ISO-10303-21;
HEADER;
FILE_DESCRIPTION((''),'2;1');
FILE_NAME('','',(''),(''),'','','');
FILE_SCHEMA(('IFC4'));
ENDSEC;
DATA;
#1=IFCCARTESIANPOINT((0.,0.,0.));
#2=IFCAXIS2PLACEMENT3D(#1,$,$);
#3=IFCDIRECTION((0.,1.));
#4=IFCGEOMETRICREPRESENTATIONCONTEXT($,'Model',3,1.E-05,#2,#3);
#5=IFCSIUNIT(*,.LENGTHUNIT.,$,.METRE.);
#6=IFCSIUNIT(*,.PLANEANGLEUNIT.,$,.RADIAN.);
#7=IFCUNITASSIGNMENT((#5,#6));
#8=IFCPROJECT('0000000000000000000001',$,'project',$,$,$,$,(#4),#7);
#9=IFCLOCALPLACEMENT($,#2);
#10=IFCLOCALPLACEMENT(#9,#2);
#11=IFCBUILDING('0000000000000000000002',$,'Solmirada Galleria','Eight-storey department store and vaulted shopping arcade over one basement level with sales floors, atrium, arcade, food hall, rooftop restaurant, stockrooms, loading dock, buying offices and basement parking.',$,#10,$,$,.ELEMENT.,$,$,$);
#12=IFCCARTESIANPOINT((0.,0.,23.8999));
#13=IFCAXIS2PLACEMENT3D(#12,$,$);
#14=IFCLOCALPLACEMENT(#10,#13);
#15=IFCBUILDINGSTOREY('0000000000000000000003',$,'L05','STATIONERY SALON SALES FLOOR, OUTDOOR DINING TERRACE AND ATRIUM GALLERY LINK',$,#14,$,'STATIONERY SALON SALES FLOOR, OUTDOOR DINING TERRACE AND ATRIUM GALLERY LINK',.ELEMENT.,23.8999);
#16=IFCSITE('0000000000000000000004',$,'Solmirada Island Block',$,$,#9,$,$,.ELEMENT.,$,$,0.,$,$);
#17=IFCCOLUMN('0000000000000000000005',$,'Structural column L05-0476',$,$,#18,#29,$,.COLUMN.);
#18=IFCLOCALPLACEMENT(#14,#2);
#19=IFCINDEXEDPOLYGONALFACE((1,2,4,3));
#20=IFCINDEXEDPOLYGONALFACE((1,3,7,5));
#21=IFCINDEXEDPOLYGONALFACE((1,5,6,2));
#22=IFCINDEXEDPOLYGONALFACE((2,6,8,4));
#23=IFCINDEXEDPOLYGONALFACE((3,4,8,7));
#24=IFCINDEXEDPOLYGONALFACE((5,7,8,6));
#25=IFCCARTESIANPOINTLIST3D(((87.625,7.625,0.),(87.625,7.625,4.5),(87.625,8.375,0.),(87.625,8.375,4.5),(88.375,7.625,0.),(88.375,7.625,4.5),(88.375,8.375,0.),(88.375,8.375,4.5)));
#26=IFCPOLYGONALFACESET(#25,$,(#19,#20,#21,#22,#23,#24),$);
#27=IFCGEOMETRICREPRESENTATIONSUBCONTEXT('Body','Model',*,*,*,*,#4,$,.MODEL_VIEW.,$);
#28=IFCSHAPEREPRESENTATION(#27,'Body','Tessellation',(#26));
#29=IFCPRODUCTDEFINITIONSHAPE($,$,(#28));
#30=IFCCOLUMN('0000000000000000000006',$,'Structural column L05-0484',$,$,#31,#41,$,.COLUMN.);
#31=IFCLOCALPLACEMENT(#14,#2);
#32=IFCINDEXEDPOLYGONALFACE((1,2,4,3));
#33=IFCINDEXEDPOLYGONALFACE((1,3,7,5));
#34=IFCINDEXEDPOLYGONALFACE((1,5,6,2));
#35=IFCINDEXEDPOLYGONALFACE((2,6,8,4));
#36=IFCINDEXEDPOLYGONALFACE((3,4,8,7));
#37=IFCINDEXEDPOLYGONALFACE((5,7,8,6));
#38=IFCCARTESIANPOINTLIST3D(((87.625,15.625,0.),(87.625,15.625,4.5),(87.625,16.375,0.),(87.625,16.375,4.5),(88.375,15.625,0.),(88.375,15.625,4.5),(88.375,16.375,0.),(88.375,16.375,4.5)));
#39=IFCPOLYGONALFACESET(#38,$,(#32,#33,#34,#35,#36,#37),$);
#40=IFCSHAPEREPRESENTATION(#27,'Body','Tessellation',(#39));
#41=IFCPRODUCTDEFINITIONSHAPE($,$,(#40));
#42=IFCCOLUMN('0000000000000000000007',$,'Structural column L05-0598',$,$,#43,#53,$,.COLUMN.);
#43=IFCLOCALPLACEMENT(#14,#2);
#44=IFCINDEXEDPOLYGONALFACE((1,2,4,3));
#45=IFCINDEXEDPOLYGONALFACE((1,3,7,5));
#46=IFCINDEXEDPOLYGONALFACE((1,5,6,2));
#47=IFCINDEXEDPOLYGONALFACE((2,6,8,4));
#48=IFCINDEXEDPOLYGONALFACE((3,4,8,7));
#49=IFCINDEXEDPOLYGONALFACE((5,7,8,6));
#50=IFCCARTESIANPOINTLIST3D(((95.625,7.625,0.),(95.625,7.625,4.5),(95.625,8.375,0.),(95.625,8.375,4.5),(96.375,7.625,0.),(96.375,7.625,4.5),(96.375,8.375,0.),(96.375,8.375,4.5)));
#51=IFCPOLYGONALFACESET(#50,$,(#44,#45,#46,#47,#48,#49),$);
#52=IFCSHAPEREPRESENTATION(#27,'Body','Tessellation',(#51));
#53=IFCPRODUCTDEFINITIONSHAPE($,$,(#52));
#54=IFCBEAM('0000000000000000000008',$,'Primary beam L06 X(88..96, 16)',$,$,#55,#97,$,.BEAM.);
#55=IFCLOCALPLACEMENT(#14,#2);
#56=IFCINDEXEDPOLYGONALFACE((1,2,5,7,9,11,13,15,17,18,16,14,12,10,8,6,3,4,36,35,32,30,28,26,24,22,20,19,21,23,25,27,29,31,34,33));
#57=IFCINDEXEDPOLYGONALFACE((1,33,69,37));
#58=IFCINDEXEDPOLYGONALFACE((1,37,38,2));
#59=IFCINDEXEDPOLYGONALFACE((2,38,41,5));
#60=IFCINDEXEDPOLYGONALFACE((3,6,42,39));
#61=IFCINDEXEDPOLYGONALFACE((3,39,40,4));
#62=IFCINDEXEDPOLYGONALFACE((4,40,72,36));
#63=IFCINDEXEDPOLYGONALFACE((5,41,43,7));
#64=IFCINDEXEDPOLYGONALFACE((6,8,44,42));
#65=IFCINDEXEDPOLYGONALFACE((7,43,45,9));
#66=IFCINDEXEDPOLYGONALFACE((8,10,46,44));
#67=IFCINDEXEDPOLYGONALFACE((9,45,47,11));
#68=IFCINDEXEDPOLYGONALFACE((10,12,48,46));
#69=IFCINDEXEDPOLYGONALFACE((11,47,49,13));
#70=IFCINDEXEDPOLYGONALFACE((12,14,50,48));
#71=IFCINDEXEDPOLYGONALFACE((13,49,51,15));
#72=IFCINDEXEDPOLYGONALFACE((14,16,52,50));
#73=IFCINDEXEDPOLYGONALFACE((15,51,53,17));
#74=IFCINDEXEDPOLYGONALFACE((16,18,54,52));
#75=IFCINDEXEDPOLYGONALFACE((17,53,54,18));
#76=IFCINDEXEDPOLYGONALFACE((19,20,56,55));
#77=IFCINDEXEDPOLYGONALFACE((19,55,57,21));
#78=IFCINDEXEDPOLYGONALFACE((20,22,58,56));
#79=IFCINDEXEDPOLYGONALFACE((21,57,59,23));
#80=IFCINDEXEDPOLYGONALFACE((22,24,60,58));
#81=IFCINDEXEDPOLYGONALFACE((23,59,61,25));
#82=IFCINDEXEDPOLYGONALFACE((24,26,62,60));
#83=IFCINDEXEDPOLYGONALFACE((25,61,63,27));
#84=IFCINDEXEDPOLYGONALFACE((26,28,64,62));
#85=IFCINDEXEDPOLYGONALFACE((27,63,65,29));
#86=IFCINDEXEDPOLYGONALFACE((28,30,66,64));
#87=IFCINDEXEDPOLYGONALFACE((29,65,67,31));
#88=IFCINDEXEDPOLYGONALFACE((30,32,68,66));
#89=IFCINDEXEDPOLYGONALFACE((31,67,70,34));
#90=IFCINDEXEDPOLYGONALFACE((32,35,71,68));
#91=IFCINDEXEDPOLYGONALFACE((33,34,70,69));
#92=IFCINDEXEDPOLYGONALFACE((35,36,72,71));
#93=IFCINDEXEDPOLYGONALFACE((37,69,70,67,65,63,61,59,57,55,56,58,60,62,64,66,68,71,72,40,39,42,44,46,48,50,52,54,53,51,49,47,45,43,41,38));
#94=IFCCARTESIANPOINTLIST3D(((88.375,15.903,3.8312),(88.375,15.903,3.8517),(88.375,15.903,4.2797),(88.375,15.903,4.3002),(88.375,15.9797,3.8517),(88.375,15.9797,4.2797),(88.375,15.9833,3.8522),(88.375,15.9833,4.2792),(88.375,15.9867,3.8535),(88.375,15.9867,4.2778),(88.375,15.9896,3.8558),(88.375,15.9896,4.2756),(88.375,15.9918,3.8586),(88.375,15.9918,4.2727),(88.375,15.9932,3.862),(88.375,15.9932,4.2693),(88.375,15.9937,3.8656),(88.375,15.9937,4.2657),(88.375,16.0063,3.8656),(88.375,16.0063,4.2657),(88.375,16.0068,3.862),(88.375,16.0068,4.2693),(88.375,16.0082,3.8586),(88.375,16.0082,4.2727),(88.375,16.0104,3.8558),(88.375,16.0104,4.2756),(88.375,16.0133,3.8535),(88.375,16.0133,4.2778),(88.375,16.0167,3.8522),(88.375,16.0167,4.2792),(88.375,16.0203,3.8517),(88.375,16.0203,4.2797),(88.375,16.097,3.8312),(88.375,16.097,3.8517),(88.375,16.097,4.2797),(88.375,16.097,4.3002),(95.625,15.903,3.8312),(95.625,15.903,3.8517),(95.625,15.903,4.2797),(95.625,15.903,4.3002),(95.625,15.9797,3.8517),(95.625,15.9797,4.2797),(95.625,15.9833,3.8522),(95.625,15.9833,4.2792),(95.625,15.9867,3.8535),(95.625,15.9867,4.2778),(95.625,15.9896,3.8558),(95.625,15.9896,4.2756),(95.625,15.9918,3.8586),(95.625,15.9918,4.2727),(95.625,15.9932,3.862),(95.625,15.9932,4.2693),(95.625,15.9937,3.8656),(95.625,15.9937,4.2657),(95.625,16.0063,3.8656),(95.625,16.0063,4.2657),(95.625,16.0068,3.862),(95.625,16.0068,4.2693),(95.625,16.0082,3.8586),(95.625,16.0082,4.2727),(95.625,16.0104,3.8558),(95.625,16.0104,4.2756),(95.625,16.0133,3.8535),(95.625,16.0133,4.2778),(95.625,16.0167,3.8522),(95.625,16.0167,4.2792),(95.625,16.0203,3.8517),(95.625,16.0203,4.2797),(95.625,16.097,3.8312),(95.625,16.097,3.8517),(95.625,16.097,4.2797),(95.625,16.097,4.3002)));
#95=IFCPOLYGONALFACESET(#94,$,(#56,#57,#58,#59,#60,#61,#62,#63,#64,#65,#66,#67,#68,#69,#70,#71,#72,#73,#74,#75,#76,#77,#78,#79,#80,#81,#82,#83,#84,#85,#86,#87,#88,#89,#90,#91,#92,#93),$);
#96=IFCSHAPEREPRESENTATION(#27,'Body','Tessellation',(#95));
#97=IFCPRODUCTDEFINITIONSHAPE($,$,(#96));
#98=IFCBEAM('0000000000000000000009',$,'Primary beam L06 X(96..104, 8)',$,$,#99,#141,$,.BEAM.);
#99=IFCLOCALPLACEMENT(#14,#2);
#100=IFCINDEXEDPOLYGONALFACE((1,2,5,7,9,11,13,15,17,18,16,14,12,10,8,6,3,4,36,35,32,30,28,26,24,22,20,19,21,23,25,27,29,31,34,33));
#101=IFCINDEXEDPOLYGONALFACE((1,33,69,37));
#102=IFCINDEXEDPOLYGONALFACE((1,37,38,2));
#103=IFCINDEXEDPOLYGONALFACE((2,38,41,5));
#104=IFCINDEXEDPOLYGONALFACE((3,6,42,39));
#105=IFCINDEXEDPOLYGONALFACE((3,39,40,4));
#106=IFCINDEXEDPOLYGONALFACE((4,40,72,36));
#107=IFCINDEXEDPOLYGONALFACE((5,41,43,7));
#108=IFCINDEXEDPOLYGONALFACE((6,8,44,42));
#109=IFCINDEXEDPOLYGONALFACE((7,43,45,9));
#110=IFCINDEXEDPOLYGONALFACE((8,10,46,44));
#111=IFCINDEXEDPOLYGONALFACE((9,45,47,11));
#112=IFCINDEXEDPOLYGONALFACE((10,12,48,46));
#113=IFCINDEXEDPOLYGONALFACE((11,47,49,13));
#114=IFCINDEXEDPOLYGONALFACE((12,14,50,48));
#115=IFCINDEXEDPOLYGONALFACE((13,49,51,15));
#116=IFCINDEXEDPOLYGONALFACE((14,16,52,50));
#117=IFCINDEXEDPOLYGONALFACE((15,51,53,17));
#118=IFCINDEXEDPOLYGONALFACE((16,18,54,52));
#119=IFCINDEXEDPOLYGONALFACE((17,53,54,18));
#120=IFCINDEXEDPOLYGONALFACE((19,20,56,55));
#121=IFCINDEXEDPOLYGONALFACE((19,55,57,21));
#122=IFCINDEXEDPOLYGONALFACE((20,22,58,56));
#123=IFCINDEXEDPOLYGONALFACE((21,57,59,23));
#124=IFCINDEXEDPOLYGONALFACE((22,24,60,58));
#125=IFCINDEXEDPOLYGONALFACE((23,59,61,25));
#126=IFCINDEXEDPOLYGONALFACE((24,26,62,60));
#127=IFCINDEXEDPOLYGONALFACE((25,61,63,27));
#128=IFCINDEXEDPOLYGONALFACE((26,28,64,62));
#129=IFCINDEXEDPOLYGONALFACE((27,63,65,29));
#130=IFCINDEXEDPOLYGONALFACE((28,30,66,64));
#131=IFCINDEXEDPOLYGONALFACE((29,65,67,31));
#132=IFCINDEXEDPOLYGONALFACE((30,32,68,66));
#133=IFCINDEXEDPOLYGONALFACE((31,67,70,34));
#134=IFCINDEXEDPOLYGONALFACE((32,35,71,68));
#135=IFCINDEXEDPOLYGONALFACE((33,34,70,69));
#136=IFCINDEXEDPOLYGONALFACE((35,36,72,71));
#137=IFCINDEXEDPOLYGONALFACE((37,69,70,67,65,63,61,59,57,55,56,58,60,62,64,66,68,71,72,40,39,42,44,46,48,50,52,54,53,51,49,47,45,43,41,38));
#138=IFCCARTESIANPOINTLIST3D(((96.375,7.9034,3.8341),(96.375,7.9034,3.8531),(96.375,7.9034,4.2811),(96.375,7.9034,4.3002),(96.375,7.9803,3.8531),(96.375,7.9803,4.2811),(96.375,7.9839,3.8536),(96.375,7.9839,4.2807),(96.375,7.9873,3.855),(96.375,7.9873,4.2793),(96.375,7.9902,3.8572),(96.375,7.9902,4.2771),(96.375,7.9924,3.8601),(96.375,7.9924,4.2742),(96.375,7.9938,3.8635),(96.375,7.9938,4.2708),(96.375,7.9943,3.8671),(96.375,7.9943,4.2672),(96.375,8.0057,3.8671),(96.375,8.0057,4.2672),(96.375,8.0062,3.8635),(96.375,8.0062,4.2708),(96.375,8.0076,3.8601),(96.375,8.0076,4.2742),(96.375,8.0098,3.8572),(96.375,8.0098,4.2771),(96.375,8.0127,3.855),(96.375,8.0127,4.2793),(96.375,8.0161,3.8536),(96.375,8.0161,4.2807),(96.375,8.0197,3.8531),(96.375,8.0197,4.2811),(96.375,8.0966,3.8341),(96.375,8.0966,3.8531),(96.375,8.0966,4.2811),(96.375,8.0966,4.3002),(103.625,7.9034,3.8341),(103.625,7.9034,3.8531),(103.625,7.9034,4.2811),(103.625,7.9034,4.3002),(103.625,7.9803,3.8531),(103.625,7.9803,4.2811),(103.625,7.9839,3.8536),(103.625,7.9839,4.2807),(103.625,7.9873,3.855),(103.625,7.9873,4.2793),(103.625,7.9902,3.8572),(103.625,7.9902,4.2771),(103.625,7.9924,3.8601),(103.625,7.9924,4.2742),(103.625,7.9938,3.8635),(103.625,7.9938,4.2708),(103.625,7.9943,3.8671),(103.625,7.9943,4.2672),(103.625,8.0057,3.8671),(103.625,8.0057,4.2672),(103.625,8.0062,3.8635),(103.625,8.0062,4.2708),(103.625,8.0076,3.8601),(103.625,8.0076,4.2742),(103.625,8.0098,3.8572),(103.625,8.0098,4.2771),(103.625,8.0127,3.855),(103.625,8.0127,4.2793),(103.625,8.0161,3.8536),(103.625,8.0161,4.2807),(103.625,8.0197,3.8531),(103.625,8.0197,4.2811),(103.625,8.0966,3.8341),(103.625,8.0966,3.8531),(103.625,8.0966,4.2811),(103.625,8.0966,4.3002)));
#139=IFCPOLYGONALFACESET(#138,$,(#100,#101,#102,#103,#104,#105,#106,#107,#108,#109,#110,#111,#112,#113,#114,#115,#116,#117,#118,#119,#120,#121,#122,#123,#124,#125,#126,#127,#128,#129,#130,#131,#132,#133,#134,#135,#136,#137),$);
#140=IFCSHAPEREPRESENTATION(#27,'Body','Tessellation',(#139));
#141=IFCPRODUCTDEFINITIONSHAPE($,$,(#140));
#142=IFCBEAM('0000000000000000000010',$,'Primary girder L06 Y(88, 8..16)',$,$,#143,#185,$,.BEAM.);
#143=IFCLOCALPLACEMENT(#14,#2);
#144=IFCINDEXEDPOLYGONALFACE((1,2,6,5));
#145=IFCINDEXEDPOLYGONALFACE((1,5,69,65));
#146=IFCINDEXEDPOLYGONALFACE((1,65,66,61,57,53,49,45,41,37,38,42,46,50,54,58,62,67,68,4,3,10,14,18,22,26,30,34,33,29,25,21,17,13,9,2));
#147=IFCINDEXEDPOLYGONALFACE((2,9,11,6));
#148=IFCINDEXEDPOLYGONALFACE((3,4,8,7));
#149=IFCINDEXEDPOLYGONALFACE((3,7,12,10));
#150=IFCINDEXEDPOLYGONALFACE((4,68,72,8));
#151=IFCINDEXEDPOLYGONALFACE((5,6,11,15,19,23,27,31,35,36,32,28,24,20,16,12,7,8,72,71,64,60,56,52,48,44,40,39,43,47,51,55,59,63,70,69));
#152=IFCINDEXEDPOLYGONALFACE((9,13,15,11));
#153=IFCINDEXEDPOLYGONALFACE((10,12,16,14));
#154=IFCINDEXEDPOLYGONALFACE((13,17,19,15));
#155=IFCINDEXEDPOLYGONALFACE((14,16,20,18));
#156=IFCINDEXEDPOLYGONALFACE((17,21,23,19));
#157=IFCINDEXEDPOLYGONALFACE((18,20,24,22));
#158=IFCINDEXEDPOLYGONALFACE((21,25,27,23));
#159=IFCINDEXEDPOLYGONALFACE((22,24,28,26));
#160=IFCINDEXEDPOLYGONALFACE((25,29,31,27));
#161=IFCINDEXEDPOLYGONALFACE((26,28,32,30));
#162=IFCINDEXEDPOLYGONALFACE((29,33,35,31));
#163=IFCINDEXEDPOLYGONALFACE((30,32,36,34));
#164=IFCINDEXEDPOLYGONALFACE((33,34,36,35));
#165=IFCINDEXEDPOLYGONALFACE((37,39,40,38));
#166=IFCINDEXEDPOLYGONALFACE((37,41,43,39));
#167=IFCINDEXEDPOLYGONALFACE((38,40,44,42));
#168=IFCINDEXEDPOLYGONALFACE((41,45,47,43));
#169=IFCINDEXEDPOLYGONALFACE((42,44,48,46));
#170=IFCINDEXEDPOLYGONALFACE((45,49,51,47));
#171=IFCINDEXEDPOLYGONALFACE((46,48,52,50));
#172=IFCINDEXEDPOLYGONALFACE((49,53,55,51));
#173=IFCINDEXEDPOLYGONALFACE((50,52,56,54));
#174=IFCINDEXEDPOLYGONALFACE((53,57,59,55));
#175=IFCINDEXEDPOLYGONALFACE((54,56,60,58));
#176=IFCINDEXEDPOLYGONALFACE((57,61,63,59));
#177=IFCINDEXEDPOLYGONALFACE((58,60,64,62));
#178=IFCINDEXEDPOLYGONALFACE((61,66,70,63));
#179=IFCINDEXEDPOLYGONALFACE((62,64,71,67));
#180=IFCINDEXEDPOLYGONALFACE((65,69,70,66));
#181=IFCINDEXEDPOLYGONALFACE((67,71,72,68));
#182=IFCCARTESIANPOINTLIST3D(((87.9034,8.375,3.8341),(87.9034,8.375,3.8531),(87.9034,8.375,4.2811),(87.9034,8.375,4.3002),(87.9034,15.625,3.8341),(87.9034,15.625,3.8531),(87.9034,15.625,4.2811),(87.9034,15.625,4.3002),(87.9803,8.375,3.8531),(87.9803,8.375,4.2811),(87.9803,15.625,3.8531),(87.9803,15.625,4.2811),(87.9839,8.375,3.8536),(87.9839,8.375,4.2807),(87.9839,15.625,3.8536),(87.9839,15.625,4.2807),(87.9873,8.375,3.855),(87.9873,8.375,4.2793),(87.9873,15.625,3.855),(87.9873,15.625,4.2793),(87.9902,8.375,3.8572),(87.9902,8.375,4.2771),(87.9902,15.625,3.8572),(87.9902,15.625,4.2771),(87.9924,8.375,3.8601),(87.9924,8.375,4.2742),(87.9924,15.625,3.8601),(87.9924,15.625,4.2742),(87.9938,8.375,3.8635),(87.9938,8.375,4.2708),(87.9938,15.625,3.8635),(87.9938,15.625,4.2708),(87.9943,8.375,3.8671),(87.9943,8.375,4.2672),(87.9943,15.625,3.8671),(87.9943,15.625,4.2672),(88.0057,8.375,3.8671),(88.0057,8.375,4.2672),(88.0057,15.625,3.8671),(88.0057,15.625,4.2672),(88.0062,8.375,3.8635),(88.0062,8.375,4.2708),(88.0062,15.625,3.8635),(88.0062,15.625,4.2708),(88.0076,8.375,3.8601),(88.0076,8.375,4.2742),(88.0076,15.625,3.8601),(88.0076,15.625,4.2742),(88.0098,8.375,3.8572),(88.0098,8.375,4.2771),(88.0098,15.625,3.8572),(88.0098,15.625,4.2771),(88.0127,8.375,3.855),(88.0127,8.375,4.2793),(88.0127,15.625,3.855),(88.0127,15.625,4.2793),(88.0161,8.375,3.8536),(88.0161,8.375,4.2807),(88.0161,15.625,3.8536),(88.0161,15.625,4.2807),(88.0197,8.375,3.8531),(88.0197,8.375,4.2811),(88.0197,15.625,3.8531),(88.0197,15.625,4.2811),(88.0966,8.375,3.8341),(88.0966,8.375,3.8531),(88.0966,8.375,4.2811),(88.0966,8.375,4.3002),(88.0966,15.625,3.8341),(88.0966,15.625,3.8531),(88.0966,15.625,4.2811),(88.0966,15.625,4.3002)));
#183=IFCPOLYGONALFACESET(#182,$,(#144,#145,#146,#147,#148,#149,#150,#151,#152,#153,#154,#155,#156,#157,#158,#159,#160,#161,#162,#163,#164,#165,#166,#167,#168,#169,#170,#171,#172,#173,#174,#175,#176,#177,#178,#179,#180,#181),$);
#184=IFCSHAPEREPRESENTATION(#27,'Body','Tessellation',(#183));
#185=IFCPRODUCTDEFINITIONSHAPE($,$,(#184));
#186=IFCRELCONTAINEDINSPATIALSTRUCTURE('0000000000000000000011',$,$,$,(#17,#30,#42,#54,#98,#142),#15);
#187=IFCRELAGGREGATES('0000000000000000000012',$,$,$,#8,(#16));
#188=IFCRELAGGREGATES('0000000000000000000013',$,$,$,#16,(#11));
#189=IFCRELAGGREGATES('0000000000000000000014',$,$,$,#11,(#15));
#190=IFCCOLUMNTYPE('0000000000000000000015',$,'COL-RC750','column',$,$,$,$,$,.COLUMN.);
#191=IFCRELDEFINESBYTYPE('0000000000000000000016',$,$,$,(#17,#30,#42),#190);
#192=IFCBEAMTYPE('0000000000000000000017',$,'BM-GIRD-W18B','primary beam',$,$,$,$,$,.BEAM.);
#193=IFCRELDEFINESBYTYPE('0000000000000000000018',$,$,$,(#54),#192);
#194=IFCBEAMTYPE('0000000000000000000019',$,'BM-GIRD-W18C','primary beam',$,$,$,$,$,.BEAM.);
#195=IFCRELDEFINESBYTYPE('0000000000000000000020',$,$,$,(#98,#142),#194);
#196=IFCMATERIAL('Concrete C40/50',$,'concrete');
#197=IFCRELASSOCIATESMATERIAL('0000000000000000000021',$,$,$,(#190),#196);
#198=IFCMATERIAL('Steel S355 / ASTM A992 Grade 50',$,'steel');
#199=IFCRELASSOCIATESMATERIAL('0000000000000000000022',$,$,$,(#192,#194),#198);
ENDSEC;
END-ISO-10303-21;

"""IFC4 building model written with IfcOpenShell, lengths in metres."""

from ifc_helpers import new_model, si_unit, direction, frame, origin, origin_2d, place, context, subcontext, project, spatial, rectangle, i_section, extrude, material, material_profile, profile_set, type_object, element, save


model = new_model("IFC4")

# Units and contexts
model_context = context("Model", 3, precision=1e-05, world=origin(), true_north=direction((0.0, 1.0)))
body_context = subcontext(model_context, "Body", "Model", "MODEL_VIEW")
ifc_project = project(units=[si_unit("LENGTHUNIT", "METRE"), si_unit("PLANEANGLEUNIT", "RADIAN")], contexts=[model_context])

# Site, building, storey
site_placement = place(None, origin())
site = spatial("IfcSite", under=ifc_project, at=site_placement, Name="Solmirada Island Block", CompositionType="ELEMENT", RefElevation=0.0)
building_placement = place(site_placement, origin())
building = spatial("IfcBuilding", under=site, at=building_placement, Name="Solmirada Galleria", Description="Eight-storey department store and vaulted shopping arcade over one basement level with sales floors, atrium, arcade, food hall, rooftop restaurant, stockrooms, loading dock, buying offices and basement parking.", CompositionType="ELEMENT")
storey_placement = place(building_placement, frame((0.0, 0.0, 23.8999)))
storey = spatial("IfcBuildingStorey", under=building, at=storey_placement, Name="L05", Description="STATIONERY SALON SALES FLOOR, OUTDOOR DINING TERRACE AND ATRIUM GALLERY LINK", LongName="STATIONERY SALON SALES FLOOR, OUTDOOR DINING TERRACE AND ATRIUM GALLERY LINK", CompositionType="ELEMENT", Elevation=23.8999)

# Columns
ifc_material_1 = material(Name="Concrete C40/50", Category="concrete")
ifc_material_profile_1 = material_profile(ifc_material_1, rectangle(XDim=0.75, YDim=0.75, at=origin_2d()), Name="RC750X750")
ifc_profile_set_1 = profile_set([ifc_material_profile_1], Name="Concrete C40/50")
column_type = type_object("IfcColumnType", Name="COL-RC750", Description="column", PredefinedType="COLUMN", material=ifc_profile_set_1)
for number, where, z_axis, x_axis, name in (
    (1, (88.0, 8.0, 0.0), (0.0, 0.0, 1.0), (1.0, 0.0, 0.0), "Structural column L05-0476"),
    (2, (88.0, 16.0, 0.0), (0.0, 0.0, 1.0), (1.0, 0.0, 0.0), "Structural column L05-0484"),
    (3, (96.0, 8.0, 0.0), (0.0, 0.0, 1.0), (1.0, 0.0, 0.0), "Structural column L05-0598"),
):
    element("IfcColumn", number, at=place(storey_placement, frame(where, z_axis=z_axis, x_axis=x_axis)), inside=storey, type_object=column_type, Name=name, PredefinedType="COLUMN", context=body_context, shape_type="SweptSolid", body=[
        extrude(rectangle(XDim=0.75, YDim=0.75, at=origin_2d()), origin(), (0.0, 0.0, 1.0), 4.5),
    ])

# Beams
ifc_material_2 = material(Name="Steel S355 / ASTM A992 Grade 50", Category="steel")
ifc_material_profile_2 = material_profile(ifc_material_2, i_section(OverallWidth=0.1941, OverallDepth=0.469, WebThickness=0.0127, FlangeThickness=0.0205, FilletRadius=0.0139, at=origin_2d()), Name="W18X71")
ifc_profile_set_2 = profile_set([ifc_material_profile_2], Name="Steel S355 / ASTM A992 Grade 50")
beam_type_1 = type_object("IfcBeamType", Name="BM-GIRD-W18B", Description="primary beam", PredefinedType="BEAM", material=ifc_profile_set_2)
beam_placement = place(storey_placement, frame((88.375, 16.0, 4.0657), z_axis=(1.0, 0.0, 0.0), x_axis=(0.0, 1.0, 0.0)))
element("IfcBeam", 4, at=beam_placement, inside=storey, type_object=beam_type_1, Name="Primary beam L06 X(88..96, 16)", PredefinedType="BEAM", context=body_context, shape_type="SweptSolid", body=[
    extrude(i_section(OverallWidth=0.1941, OverallDepth=0.469, WebThickness=0.0127, FlangeThickness=0.0205, FilletRadius=0.0139, at=origin_2d()), origin(), (0.0, 0.0, 1.0), 7.25),
])
ifc_material_profile_3 = material_profile(ifc_material_2, i_section(OverallWidth=0.1931, OverallDepth=0.4661, WebThickness=0.0115, FlangeThickness=0.019, FilletRadius=0.0139, at=origin_2d()), Name="W18X65")
ifc_profile_set_3 = profile_set([ifc_material_profile_3], Name="Steel S355 / ASTM A992 Grade 50")
beam_type_2 = type_object("IfcBeamType", Name="BM-GIRD-W18C", Description="primary beam", PredefinedType="BEAM", material=ifc_profile_set_3)
for number, where, z_axis, x_axis, name in (
    (5, (96.375, 8.0, 4.0671), (1.0, 0.0, 0.0), (0.0, 1.0, 0.0), "Primary beam L06 X(96..104, 8)"),
    (6, (88.0, 8.375, 4.0671), (0.0, 1.0, 0.0), (-1.0, 0.0, 0.0), "Primary girder L06 Y(88, 8..16)"),
):
    element("IfcBeam", number, at=place(storey_placement, frame(where, z_axis=z_axis, x_axis=x_axis)), inside=storey, type_object=beam_type_2, Name=name, PredefinedType="BEAM", context=body_context, shape_type="SweptSolid", body=[
        extrude(i_section(OverallWidth=0.1931, OverallDepth=0.4661, WebThickness=0.0115, FlangeThickness=0.019, FilletRadius=0.0139, at=origin_2d()), origin(), (0.0, 0.0, 1.0), 7.25),
    ])

save(model, "model.ifc")
